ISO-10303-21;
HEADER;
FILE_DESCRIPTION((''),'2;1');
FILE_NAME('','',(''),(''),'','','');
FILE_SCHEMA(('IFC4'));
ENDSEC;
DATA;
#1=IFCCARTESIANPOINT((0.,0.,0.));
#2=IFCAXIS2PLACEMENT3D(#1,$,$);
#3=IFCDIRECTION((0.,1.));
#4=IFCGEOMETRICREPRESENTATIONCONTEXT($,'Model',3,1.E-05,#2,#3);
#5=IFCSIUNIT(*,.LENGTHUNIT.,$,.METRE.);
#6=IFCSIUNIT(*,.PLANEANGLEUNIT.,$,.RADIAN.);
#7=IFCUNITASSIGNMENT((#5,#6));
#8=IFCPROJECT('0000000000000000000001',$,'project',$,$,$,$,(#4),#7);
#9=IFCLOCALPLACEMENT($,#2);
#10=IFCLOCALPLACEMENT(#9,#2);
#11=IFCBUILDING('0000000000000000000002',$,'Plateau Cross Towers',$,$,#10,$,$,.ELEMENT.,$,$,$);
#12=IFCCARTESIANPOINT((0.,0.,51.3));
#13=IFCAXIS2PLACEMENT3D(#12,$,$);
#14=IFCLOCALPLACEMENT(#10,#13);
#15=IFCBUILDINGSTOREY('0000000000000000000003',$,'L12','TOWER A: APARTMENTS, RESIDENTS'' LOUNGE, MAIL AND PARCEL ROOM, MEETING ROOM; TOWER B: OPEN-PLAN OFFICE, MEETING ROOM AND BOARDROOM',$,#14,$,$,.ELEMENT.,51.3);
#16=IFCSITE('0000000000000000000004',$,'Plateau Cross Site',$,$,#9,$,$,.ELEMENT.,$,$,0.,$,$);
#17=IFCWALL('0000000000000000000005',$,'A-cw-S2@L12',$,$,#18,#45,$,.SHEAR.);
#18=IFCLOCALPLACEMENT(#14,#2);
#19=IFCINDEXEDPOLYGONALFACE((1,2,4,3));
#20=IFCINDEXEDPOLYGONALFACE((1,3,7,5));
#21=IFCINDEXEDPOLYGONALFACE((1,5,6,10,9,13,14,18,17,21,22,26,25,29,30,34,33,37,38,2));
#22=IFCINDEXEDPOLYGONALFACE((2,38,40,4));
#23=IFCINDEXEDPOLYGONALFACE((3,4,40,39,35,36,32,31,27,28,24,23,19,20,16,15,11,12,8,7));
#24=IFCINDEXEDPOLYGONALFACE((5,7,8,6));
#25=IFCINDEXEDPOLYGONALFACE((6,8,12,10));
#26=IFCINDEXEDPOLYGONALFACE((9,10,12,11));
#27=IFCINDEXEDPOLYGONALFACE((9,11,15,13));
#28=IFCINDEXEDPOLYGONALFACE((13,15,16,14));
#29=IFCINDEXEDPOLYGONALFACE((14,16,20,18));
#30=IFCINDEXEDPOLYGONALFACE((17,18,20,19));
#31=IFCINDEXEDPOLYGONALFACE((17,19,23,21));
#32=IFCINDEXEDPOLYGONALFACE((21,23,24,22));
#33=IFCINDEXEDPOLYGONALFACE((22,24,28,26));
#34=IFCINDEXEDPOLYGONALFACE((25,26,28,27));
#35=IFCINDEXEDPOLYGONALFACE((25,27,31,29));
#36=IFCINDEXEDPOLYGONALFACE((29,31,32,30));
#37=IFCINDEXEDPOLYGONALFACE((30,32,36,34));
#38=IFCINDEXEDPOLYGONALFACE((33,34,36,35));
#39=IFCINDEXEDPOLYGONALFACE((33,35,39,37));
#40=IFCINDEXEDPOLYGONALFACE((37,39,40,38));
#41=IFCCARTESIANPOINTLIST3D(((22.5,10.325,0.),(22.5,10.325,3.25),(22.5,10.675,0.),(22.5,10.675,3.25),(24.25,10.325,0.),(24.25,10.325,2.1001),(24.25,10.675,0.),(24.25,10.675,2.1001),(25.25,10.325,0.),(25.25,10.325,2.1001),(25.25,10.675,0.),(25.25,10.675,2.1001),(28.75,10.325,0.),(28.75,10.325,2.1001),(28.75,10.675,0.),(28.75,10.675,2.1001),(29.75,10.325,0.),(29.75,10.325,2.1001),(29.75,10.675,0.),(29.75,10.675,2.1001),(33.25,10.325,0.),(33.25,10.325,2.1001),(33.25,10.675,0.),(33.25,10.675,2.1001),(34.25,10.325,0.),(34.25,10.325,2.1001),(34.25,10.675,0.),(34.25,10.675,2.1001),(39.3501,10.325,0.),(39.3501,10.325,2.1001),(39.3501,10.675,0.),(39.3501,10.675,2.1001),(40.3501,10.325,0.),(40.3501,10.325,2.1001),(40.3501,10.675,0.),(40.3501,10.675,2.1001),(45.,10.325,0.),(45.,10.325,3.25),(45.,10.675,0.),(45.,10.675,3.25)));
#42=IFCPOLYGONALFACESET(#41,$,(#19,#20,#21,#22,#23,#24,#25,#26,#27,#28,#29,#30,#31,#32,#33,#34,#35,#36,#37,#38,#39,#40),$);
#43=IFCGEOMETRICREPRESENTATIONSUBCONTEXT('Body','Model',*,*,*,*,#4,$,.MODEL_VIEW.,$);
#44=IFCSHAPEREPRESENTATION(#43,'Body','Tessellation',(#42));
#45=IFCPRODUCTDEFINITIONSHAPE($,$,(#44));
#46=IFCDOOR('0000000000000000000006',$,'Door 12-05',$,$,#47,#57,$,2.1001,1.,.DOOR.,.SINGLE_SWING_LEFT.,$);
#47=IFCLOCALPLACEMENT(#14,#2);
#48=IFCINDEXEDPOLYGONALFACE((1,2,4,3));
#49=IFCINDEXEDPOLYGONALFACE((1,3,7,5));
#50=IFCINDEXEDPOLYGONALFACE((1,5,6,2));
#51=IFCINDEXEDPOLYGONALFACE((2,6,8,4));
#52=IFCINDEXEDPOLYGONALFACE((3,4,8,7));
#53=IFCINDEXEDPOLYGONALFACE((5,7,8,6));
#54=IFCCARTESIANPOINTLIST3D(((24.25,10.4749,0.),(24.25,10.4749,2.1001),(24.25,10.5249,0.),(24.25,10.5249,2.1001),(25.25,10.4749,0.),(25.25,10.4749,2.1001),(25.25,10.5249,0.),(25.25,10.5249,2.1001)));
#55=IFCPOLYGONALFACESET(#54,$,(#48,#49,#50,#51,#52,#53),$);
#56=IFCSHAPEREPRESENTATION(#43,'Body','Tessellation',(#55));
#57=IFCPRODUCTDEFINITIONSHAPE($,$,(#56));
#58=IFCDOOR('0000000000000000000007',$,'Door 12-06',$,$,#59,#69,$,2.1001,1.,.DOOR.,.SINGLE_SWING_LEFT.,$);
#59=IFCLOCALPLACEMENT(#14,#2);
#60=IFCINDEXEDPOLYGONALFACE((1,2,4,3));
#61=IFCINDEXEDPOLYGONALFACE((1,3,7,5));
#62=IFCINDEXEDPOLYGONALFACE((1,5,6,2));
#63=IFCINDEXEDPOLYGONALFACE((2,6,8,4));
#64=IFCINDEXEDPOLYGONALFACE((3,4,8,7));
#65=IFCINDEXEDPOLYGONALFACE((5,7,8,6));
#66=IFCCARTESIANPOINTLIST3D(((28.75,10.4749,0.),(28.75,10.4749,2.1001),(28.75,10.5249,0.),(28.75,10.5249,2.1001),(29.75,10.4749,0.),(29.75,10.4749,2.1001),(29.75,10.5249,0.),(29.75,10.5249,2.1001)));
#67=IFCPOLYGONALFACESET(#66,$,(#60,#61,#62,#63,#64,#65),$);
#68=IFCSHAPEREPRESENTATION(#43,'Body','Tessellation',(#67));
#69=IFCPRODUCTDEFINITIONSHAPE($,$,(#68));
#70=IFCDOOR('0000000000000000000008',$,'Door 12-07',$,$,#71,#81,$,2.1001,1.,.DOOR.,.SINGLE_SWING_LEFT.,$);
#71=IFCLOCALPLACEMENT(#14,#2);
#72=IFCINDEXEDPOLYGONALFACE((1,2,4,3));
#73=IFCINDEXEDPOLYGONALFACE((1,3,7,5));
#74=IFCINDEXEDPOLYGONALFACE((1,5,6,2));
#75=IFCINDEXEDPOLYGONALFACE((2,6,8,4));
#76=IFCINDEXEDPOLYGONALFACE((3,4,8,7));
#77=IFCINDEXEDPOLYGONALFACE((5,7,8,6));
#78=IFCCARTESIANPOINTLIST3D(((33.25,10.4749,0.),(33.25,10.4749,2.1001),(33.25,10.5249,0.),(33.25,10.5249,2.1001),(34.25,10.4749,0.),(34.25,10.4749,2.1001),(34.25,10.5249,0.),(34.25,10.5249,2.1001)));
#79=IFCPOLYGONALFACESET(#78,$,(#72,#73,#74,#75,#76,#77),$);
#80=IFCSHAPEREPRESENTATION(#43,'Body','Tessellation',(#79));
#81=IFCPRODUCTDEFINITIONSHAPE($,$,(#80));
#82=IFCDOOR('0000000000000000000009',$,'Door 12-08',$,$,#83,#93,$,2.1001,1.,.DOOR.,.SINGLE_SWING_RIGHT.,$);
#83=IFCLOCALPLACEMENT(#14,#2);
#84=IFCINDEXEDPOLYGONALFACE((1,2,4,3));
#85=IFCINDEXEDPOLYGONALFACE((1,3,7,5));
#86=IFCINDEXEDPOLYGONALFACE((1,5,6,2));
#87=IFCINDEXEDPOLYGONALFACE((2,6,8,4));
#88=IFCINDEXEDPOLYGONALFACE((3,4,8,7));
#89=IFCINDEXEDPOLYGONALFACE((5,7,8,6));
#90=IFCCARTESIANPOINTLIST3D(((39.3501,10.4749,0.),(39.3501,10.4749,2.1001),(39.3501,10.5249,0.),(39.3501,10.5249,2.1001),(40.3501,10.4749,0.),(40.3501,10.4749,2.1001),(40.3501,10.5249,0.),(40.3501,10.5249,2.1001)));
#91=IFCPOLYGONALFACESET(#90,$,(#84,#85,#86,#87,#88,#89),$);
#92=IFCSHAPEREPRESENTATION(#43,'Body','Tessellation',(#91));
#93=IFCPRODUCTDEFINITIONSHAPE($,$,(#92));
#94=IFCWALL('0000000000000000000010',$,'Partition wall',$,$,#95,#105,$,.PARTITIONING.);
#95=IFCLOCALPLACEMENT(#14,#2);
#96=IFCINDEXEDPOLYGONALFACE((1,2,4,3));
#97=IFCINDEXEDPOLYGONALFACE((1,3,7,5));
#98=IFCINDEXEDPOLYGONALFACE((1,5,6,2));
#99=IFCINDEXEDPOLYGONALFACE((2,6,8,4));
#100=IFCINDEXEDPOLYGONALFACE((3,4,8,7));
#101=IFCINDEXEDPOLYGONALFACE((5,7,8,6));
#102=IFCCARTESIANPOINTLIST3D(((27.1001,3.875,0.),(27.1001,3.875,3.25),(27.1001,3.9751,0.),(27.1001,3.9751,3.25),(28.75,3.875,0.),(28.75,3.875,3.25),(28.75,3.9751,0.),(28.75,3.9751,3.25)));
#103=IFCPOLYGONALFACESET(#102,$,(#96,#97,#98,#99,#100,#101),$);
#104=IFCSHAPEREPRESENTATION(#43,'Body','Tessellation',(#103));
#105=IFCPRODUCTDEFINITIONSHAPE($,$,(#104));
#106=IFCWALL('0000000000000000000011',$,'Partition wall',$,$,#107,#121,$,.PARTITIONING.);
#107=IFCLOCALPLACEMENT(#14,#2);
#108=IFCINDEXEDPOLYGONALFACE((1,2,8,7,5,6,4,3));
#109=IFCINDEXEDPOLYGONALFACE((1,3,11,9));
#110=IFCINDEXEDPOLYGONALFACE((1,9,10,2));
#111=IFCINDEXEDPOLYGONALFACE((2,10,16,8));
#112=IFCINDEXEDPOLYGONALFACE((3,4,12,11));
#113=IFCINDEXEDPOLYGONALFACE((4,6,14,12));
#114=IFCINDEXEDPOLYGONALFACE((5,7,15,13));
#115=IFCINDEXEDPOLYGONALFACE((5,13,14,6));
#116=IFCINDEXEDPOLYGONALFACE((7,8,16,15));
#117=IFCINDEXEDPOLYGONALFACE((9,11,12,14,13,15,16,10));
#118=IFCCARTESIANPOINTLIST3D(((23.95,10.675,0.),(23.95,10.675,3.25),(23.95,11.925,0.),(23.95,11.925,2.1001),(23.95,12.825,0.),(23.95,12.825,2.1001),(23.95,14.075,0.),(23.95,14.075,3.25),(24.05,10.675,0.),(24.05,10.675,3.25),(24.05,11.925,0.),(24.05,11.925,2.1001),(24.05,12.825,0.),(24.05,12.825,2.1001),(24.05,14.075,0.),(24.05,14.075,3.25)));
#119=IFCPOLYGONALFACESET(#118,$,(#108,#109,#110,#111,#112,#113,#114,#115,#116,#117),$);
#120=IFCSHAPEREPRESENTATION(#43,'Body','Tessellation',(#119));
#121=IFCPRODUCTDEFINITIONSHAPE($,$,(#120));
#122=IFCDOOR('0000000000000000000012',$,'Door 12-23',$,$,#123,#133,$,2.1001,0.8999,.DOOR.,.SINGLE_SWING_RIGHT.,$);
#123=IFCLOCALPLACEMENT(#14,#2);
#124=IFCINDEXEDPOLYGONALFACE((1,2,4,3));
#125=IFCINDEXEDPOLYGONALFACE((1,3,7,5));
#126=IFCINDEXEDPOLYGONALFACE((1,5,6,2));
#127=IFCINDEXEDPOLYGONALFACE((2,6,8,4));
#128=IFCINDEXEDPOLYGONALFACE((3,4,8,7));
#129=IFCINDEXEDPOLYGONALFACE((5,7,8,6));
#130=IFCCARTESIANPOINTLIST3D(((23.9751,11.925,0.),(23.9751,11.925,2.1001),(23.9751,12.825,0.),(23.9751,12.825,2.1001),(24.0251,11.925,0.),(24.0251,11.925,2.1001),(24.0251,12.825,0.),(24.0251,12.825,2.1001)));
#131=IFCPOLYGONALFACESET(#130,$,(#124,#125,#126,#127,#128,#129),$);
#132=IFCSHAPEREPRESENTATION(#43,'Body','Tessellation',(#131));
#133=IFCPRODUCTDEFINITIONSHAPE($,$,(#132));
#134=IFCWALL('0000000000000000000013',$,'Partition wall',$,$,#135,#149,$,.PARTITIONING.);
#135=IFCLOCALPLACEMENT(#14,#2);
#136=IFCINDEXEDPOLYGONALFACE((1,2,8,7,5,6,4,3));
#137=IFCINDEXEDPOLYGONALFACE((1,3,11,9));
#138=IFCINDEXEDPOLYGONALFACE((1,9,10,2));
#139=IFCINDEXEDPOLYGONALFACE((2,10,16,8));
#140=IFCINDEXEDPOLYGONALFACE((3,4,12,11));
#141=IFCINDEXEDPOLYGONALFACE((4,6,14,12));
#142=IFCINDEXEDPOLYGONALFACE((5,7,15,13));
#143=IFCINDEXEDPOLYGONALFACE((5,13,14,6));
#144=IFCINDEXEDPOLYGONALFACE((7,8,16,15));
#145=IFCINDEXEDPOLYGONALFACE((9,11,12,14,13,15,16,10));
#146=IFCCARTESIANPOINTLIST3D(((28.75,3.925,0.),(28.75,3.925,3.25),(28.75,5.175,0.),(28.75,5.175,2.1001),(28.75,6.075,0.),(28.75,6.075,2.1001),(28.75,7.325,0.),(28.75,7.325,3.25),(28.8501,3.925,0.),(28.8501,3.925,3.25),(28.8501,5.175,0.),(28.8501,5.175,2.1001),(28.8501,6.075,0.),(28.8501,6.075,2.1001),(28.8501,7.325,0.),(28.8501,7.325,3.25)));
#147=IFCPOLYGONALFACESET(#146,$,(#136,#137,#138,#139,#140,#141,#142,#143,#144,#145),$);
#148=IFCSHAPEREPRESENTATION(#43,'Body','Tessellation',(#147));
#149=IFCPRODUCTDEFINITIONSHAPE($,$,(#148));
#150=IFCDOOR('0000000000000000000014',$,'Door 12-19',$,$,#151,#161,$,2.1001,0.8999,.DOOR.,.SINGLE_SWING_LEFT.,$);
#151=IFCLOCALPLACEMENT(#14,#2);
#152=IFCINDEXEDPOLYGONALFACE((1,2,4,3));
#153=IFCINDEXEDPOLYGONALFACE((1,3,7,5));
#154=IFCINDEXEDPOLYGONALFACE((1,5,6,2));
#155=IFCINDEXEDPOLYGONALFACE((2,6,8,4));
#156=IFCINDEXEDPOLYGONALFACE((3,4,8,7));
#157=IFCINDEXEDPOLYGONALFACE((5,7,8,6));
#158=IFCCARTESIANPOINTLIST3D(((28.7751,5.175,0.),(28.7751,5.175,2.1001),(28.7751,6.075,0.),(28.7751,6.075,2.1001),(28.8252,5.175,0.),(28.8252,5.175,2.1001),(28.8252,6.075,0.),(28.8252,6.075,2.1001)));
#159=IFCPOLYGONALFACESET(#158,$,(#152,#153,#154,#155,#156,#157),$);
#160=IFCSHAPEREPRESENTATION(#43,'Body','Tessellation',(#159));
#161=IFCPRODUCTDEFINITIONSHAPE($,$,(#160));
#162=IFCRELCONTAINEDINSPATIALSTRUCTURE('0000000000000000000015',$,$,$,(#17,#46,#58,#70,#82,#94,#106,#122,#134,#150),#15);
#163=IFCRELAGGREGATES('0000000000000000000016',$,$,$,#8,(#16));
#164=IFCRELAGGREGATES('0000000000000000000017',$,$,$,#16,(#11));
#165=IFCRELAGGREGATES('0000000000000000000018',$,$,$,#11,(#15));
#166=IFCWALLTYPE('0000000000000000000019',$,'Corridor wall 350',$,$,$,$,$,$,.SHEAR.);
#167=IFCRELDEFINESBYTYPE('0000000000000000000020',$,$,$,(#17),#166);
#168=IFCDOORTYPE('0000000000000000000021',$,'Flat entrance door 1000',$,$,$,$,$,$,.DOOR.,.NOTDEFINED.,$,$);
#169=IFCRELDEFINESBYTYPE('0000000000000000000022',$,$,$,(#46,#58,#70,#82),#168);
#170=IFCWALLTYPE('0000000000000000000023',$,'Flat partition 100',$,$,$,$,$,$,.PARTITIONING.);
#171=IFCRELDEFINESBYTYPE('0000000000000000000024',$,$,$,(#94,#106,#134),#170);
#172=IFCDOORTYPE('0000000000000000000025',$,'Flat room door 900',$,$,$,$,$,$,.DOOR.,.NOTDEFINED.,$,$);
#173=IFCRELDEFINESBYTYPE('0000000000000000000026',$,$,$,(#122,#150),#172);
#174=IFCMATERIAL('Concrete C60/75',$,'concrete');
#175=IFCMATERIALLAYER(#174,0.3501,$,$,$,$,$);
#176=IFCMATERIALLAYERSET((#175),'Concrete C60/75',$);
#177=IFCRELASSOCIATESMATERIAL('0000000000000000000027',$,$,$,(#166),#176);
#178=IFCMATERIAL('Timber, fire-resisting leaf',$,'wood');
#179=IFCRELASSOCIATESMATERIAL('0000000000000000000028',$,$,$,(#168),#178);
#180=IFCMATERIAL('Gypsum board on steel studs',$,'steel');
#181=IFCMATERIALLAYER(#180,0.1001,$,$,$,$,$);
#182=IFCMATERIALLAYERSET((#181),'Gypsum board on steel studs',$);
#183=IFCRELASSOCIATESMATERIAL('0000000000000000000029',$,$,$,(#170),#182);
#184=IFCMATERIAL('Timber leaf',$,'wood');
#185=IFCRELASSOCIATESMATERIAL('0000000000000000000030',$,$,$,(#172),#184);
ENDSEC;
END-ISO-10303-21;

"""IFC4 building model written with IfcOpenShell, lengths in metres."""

from ifc_helpers import new_model, si_unit, direction, frame, frame_2d, origin, place, context, subcontext, project, spatial, rectangle, extrude, material, layer, layer_set, type_object, element, fill, save


model = new_model("IFC4")

# Units and contexts
model_context = context("Model", 3, precision=1e-05, world=origin(), true_north=direction((0.0, 1.0)))
body_context = subcontext(model_context, "Body", "Model", "MODEL_VIEW")
ifc_project = project(units=[si_unit("LENGTHUNIT", "METRE"), si_unit("PLANEANGLEUNIT", "RADIAN")], contexts=[model_context])

# Site, building, storey
site_placement = place(None, origin())
site = spatial("IfcSite", under=ifc_project, at=site_placement, Name="Plateau Cross Site", CompositionType="ELEMENT", RefElevation=0.0)
building_placement = place(site_placement, origin())
building = spatial("IfcBuilding", under=site, at=building_placement, Name="Plateau Cross Towers", CompositionType="ELEMENT")
storey_placement = place(building_placement, frame((0.0, 0.0, 51.3)))
storey = spatial("IfcBuildingStorey", under=building, at=storey_placement, Name="L12", Description="TOWER A: APARTMENTS, RESIDENTS' LOUNGE, MAIL AND PARCEL ROOM, MEETING ROOM; TOWER B: OPEN-PLAN OFFICE, MEETING ROOM AND BOARDROOM", CompositionType="ELEMENT", Elevation=51.3)

# Shared definitions
ifc_material_1 = material(Name="Concrete C60/75", Category="concrete")

# Wall, openings, doors
ifc_layer_1 = layer(ifc_material_1, 0.3501)
ifc_layer_set_1 = layer_set([ifc_layer_1], Name="Concrete C60/75")
wall_type_1 = type_object("IfcWallType", Name="Corridor wall 350", PredefinedType="SHEAR", material=ifc_layer_set_1)
ifc_material_2 = material(Name="Timber, fire-resisting leaf", Category="wood")
door_type_1 = type_object("IfcDoorType", Name="Flat entrance door 1000", OperationType="NOTDEFINED", PredefinedType="DOOR", material=ifc_material_2)
wall_1_placement = place(storey_placement, frame((22.5, 10.5, 0.0), z_axis=(0.0, 0.0, 1.0), x_axis=(1.0, 0.0, 0.0)))
wall_1 = element("IfcWall", 1, at=wall_1_placement, inside=storey, type_object=wall_type_1, Name="A-cw-S2@L12", PredefinedType="SHEAR", context=body_context, shape_type="SweptSolid", body=[
    extrude(rectangle(XDim=22.5, YDim=0.3501, at=frame_2d((11.25, 0.0))), origin(), (0.0, 0.0, 1.0), 3.25),
])
opening_1_placement = place(wall_1_placement, frame((1.75, 0.0, 0.0)))
opening_1 = element("IfcOpeningElement", 2, at=opening_1_placement, cuts=wall_1, PredefinedType="OPENING", context=body_context, shape_type="SweptSolid", body=[
    extrude(rectangle(XDim=1.0, YDim=2.1001, at=frame_2d((0.5, 1.05))), frame((0.0, 0.1851, 0.0), z_axis=(0.0, -1.0, 0.0), x_axis=(1.0, 0.0, 0.0)), (0.0, 0.0, 1.0), 0.3701),
])
opening_2_placement = place(wall_1_placement, frame((6.25, 0.0, 0.0)))
opening_2 = element("IfcOpeningElement", 3, at=opening_2_placement, cuts=wall_1, PredefinedType="OPENING", context=body_context, shape_type="SweptSolid", body=[
    extrude(rectangle(XDim=1.0, YDim=2.1001, at=frame_2d((0.5, 1.05))), frame((0.0, 0.1851, 0.0), z_axis=(0.0, -1.0, 0.0), x_axis=(1.0, 0.0, 0.0)), (0.0, 0.0, 1.0), 0.3701),
])
opening_3_placement = place(wall_1_placement, frame((10.75, 0.0, 0.0)))
opening_3 = element("IfcOpeningElement", 4, at=opening_3_placement, cuts=wall_1, PredefinedType="OPENING", context=body_context, shape_type="SweptSolid", body=[
    extrude(rectangle(XDim=1.0, YDim=2.1001, at=frame_2d((0.5, 1.05))), frame((0.0, 0.1851, 0.0), z_axis=(0.0, -1.0, 0.0), x_axis=(1.0, 0.0, 0.0)), (0.0, 0.0, 1.0), 0.3701),
])
opening_4_placement = place(wall_1_placement, frame((16.8501, 0.0, 0.0)))
opening_4 = element("IfcOpeningElement", 5, at=opening_4_placement, cuts=wall_1, PredefinedType="OPENING", context=body_context, shape_type="SweptSolid", body=[
    extrude(rectangle(XDim=1.0, YDim=2.1001, at=frame_2d((0.5, 1.05))), frame((0.0, 0.1851, 0.0), z_axis=(0.0, -1.0, 0.0), x_axis=(1.0, 0.0, 0.0)), (0.0, 0.0, 1.0), 0.3701),
])
door_1_placement = place(opening_1_placement, origin())
door_1 = element("IfcDoor", 6, at=door_1_placement, inside=storey, type_object=door_type_1, Name="Door 12-05", OperationType="SINGLE_SWING_LEFT", OverallHeight=2.1001, OverallWidth=1.0, PredefinedType="DOOR", context=body_context, shape_type="SweptSolid", body=[
    extrude(rectangle(XDim=1.0, YDim=2.1001, at=frame_2d((0.5, 1.05))), frame((0.0, 0.0249, 0.0), z_axis=(0.0, -1.0, 0.0), x_axis=(1.0, 0.0, 0.0)), (0.0, 0.0, 1.0), 0.05),
])
fill(opening_1, door_1)
door_2_placement = place(opening_2_placement, origin())
door_2 = element("IfcDoor", 7, at=door_2_placement, inside=storey, type_object=door_type_1, Name="Door 12-06", OperationType="SINGLE_SWING_LEFT", OverallHeight=2.1001, OverallWidth=1.0, PredefinedType="DOOR", context=body_context, shape_type="SweptSolid", body=[
    extrude(rectangle(XDim=1.0, YDim=2.1001, at=frame_2d((0.5, 1.05))), frame((0.0, 0.0249, 0.0), z_axis=(0.0, -1.0, 0.0), x_axis=(1.0, 0.0, 0.0)), (0.0, 0.0, 1.0), 0.05),
])
fill(opening_2, door_2)
door_3_placement = place(opening_3_placement, origin())
door_3 = element("IfcDoor", 8, at=door_3_placement, inside=storey, type_object=door_type_1, Name="Door 12-07", OperationType="SINGLE_SWING_LEFT", OverallHeight=2.1001, OverallWidth=1.0, PredefinedType="DOOR", context=body_context, shape_type="SweptSolid", body=[
    extrude(rectangle(XDim=1.0, YDim=2.1001, at=frame_2d((0.5, 1.05))), frame((0.0, 0.0249, 0.0), z_axis=(0.0, -1.0, 0.0), x_axis=(1.0, 0.0, 0.0)), (0.0, 0.0, 1.0), 0.05),
])
fill(opening_3, door_3)
door_4_placement = place(opening_4_placement, origin())
door_4 = element("IfcDoor", 9, at=door_4_placement, inside=storey, type_object=door_type_1, Name="Door 12-08", OperationType="SINGLE_SWING_RIGHT", OverallHeight=2.1001, OverallWidth=1.0, PredefinedType="DOOR", context=body_context, shape_type="SweptSolid", body=[
    extrude(rectangle(XDim=1.0, YDim=2.1001, at=frame_2d((0.5, 1.05))), frame((0.0, 0.0249, 0.0), z_axis=(0.0, -1.0, 0.0), x_axis=(1.0, 0.0, 0.0)), (0.0, 0.0, 1.0), 0.05),
])
fill(opening_4, door_4)

# Wall
ifc_material_3 = material(Name="Gypsum board on steel studs", Category="steel")
ifc_layer_2 = layer(ifc_material_3, 0.1001)
ifc_layer_set_2 = layer_set([ifc_layer_2], Name="Gypsum board on steel studs")
wall_type_2 = type_object("IfcWallType", Name="Flat partition 100", PredefinedType="PARTITIONING", material=ifc_layer_set_2)
wall_2_placement = place(storey_placement, frame((27.1001, 3.925, 0.0), z_axis=(0.0, 0.0, 1.0), x_axis=(1.0, 0.0, 0.0)))
element("IfcWall", 10, at=wall_2_placement, inside=storey, type_object=wall_type_2, Name="Partition wall", PredefinedType="PARTITIONING", context=body_context, shape_type="SweptSolid", body=[
    extrude(rectangle(XDim=1.6499, YDim=0.1001, at=frame_2d((0.825, 0.0))), origin(), (0.0, 0.0, 1.0), 3.25),
])

# Walls, openings, doors
wall_3_placement = place(storey_placement, frame((24.0, 10.675, 0.0), z_axis=(0.0, 0.0, 1.0), x_axis=(0.0, 1.0, 0.0)))
wall_3 = element("IfcWall", 11, at=wall_3_placement, inside=storey, type_object=wall_type_2, Name="Partition wall", PredefinedType="PARTITIONING", context=body_context, shape_type="SweptSolid", body=[
    extrude(rectangle(XDim=3.3999, YDim=0.1001, at=frame_2d((1.7, 0.0))), origin(), (0.0, 0.0, 1.0), 3.25),
])
opening_5_placement = place(wall_3_placement, frame((1.25, 0.0, 0.0)))
opening_5 = element("IfcOpeningElement", 12, at=opening_5_placement, cuts=wall_3, PredefinedType="OPENING", context=body_context, shape_type="SweptSolid", body=[
    extrude(rectangle(XDim=0.8999, YDim=2.1001, at=frame_2d((0.45, 1.05))), frame((0.0, 0.0601, 0.0), z_axis=(0.0, -1.0, 0.0), x_axis=(1.0, 0.0, 0.0)), (0.0, 0.0, 1.0), 0.1201),
])
ifc_material_4 = material(Name="Timber leaf", Category="wood")
door_type_2 = type_object("IfcDoorType", Name="Flat room door 900", OperationType="NOTDEFINED", PredefinedType="DOOR", material=ifc_material_4)
door_5_placement = place(opening_5_placement, origin())
door_5 = element("IfcDoor", 13, at=door_5_placement, inside=storey, type_object=door_type_2, Name="Door 12-23", OperationType="SINGLE_SWING_RIGHT", OverallHeight=2.1001, OverallWidth=0.8999, PredefinedType="DOOR", context=body_context, shape_type="SweptSolid", body=[
    extrude(rectangle(XDim=0.8999, YDim=2.1001, at=frame_2d((0.45, 1.05))), frame((0.0, 0.0249, 0.0), z_axis=(0.0, -1.0, 0.0), x_axis=(1.0, 0.0, 0.0)), (0.0, 0.0, 1.0), 0.05),
])
fill(opening_5, door_5)
wall_4_placement = place(storey_placement, frame((28.8, 3.925, 0.0), z_axis=(0.0, 0.0, 1.0), x_axis=(0.0, 1.0, 0.0)))
wall_4 = element("IfcWall", 14, at=wall_4_placement, inside=storey, type_object=wall_type_2, Name="Partition wall", PredefinedType="PARTITIONING", context=body_context, shape_type="SweptSolid", body=[
    extrude(rectangle(XDim=3.3999, YDim=0.1001, at=frame_2d((1.7, 0.0))), origin(), (0.0, 0.0, 1.0), 3.25),
])
opening_6_placement = place(wall_4_placement, frame((1.25, 0.0, 0.0)))
opening_6 = element("IfcOpeningElement", 15, at=opening_6_placement, cuts=wall_4, PredefinedType="OPENING", context=body_context, shape_type="SweptSolid", body=[
    extrude(rectangle(XDim=0.8999, YDim=2.1001, at=frame_2d((0.45, 1.05))), frame((0.0, 0.0601, 0.0), z_axis=(0.0, -1.0, 0.0), x_axis=(1.0, 0.0, 0.0)), (0.0, 0.0, 1.0), 0.1201),
])
door_6_placement = place(opening_6_placement, origin())
door_6 = element("IfcDoor", 16, at=door_6_placement, inside=storey, type_object=door_type_2, Name="Door 12-19", OperationType="SINGLE_SWING_LEFT", OverallHeight=2.1001, OverallWidth=0.8999, PredefinedType="DOOR", context=body_context, shape_type="SweptSolid", body=[
    extrude(rectangle(XDim=0.8999, YDim=2.1001, at=frame_2d((0.45, 1.05))), frame((0.0, 0.0249, 0.0), z_axis=(0.0, -1.0, 0.0), x_axis=(1.0, 0.0, 0.0)), (0.0, 0.0, 1.0), 0.05),
])
fill(opening_6, door_6)

save(model, "model.ifc")
